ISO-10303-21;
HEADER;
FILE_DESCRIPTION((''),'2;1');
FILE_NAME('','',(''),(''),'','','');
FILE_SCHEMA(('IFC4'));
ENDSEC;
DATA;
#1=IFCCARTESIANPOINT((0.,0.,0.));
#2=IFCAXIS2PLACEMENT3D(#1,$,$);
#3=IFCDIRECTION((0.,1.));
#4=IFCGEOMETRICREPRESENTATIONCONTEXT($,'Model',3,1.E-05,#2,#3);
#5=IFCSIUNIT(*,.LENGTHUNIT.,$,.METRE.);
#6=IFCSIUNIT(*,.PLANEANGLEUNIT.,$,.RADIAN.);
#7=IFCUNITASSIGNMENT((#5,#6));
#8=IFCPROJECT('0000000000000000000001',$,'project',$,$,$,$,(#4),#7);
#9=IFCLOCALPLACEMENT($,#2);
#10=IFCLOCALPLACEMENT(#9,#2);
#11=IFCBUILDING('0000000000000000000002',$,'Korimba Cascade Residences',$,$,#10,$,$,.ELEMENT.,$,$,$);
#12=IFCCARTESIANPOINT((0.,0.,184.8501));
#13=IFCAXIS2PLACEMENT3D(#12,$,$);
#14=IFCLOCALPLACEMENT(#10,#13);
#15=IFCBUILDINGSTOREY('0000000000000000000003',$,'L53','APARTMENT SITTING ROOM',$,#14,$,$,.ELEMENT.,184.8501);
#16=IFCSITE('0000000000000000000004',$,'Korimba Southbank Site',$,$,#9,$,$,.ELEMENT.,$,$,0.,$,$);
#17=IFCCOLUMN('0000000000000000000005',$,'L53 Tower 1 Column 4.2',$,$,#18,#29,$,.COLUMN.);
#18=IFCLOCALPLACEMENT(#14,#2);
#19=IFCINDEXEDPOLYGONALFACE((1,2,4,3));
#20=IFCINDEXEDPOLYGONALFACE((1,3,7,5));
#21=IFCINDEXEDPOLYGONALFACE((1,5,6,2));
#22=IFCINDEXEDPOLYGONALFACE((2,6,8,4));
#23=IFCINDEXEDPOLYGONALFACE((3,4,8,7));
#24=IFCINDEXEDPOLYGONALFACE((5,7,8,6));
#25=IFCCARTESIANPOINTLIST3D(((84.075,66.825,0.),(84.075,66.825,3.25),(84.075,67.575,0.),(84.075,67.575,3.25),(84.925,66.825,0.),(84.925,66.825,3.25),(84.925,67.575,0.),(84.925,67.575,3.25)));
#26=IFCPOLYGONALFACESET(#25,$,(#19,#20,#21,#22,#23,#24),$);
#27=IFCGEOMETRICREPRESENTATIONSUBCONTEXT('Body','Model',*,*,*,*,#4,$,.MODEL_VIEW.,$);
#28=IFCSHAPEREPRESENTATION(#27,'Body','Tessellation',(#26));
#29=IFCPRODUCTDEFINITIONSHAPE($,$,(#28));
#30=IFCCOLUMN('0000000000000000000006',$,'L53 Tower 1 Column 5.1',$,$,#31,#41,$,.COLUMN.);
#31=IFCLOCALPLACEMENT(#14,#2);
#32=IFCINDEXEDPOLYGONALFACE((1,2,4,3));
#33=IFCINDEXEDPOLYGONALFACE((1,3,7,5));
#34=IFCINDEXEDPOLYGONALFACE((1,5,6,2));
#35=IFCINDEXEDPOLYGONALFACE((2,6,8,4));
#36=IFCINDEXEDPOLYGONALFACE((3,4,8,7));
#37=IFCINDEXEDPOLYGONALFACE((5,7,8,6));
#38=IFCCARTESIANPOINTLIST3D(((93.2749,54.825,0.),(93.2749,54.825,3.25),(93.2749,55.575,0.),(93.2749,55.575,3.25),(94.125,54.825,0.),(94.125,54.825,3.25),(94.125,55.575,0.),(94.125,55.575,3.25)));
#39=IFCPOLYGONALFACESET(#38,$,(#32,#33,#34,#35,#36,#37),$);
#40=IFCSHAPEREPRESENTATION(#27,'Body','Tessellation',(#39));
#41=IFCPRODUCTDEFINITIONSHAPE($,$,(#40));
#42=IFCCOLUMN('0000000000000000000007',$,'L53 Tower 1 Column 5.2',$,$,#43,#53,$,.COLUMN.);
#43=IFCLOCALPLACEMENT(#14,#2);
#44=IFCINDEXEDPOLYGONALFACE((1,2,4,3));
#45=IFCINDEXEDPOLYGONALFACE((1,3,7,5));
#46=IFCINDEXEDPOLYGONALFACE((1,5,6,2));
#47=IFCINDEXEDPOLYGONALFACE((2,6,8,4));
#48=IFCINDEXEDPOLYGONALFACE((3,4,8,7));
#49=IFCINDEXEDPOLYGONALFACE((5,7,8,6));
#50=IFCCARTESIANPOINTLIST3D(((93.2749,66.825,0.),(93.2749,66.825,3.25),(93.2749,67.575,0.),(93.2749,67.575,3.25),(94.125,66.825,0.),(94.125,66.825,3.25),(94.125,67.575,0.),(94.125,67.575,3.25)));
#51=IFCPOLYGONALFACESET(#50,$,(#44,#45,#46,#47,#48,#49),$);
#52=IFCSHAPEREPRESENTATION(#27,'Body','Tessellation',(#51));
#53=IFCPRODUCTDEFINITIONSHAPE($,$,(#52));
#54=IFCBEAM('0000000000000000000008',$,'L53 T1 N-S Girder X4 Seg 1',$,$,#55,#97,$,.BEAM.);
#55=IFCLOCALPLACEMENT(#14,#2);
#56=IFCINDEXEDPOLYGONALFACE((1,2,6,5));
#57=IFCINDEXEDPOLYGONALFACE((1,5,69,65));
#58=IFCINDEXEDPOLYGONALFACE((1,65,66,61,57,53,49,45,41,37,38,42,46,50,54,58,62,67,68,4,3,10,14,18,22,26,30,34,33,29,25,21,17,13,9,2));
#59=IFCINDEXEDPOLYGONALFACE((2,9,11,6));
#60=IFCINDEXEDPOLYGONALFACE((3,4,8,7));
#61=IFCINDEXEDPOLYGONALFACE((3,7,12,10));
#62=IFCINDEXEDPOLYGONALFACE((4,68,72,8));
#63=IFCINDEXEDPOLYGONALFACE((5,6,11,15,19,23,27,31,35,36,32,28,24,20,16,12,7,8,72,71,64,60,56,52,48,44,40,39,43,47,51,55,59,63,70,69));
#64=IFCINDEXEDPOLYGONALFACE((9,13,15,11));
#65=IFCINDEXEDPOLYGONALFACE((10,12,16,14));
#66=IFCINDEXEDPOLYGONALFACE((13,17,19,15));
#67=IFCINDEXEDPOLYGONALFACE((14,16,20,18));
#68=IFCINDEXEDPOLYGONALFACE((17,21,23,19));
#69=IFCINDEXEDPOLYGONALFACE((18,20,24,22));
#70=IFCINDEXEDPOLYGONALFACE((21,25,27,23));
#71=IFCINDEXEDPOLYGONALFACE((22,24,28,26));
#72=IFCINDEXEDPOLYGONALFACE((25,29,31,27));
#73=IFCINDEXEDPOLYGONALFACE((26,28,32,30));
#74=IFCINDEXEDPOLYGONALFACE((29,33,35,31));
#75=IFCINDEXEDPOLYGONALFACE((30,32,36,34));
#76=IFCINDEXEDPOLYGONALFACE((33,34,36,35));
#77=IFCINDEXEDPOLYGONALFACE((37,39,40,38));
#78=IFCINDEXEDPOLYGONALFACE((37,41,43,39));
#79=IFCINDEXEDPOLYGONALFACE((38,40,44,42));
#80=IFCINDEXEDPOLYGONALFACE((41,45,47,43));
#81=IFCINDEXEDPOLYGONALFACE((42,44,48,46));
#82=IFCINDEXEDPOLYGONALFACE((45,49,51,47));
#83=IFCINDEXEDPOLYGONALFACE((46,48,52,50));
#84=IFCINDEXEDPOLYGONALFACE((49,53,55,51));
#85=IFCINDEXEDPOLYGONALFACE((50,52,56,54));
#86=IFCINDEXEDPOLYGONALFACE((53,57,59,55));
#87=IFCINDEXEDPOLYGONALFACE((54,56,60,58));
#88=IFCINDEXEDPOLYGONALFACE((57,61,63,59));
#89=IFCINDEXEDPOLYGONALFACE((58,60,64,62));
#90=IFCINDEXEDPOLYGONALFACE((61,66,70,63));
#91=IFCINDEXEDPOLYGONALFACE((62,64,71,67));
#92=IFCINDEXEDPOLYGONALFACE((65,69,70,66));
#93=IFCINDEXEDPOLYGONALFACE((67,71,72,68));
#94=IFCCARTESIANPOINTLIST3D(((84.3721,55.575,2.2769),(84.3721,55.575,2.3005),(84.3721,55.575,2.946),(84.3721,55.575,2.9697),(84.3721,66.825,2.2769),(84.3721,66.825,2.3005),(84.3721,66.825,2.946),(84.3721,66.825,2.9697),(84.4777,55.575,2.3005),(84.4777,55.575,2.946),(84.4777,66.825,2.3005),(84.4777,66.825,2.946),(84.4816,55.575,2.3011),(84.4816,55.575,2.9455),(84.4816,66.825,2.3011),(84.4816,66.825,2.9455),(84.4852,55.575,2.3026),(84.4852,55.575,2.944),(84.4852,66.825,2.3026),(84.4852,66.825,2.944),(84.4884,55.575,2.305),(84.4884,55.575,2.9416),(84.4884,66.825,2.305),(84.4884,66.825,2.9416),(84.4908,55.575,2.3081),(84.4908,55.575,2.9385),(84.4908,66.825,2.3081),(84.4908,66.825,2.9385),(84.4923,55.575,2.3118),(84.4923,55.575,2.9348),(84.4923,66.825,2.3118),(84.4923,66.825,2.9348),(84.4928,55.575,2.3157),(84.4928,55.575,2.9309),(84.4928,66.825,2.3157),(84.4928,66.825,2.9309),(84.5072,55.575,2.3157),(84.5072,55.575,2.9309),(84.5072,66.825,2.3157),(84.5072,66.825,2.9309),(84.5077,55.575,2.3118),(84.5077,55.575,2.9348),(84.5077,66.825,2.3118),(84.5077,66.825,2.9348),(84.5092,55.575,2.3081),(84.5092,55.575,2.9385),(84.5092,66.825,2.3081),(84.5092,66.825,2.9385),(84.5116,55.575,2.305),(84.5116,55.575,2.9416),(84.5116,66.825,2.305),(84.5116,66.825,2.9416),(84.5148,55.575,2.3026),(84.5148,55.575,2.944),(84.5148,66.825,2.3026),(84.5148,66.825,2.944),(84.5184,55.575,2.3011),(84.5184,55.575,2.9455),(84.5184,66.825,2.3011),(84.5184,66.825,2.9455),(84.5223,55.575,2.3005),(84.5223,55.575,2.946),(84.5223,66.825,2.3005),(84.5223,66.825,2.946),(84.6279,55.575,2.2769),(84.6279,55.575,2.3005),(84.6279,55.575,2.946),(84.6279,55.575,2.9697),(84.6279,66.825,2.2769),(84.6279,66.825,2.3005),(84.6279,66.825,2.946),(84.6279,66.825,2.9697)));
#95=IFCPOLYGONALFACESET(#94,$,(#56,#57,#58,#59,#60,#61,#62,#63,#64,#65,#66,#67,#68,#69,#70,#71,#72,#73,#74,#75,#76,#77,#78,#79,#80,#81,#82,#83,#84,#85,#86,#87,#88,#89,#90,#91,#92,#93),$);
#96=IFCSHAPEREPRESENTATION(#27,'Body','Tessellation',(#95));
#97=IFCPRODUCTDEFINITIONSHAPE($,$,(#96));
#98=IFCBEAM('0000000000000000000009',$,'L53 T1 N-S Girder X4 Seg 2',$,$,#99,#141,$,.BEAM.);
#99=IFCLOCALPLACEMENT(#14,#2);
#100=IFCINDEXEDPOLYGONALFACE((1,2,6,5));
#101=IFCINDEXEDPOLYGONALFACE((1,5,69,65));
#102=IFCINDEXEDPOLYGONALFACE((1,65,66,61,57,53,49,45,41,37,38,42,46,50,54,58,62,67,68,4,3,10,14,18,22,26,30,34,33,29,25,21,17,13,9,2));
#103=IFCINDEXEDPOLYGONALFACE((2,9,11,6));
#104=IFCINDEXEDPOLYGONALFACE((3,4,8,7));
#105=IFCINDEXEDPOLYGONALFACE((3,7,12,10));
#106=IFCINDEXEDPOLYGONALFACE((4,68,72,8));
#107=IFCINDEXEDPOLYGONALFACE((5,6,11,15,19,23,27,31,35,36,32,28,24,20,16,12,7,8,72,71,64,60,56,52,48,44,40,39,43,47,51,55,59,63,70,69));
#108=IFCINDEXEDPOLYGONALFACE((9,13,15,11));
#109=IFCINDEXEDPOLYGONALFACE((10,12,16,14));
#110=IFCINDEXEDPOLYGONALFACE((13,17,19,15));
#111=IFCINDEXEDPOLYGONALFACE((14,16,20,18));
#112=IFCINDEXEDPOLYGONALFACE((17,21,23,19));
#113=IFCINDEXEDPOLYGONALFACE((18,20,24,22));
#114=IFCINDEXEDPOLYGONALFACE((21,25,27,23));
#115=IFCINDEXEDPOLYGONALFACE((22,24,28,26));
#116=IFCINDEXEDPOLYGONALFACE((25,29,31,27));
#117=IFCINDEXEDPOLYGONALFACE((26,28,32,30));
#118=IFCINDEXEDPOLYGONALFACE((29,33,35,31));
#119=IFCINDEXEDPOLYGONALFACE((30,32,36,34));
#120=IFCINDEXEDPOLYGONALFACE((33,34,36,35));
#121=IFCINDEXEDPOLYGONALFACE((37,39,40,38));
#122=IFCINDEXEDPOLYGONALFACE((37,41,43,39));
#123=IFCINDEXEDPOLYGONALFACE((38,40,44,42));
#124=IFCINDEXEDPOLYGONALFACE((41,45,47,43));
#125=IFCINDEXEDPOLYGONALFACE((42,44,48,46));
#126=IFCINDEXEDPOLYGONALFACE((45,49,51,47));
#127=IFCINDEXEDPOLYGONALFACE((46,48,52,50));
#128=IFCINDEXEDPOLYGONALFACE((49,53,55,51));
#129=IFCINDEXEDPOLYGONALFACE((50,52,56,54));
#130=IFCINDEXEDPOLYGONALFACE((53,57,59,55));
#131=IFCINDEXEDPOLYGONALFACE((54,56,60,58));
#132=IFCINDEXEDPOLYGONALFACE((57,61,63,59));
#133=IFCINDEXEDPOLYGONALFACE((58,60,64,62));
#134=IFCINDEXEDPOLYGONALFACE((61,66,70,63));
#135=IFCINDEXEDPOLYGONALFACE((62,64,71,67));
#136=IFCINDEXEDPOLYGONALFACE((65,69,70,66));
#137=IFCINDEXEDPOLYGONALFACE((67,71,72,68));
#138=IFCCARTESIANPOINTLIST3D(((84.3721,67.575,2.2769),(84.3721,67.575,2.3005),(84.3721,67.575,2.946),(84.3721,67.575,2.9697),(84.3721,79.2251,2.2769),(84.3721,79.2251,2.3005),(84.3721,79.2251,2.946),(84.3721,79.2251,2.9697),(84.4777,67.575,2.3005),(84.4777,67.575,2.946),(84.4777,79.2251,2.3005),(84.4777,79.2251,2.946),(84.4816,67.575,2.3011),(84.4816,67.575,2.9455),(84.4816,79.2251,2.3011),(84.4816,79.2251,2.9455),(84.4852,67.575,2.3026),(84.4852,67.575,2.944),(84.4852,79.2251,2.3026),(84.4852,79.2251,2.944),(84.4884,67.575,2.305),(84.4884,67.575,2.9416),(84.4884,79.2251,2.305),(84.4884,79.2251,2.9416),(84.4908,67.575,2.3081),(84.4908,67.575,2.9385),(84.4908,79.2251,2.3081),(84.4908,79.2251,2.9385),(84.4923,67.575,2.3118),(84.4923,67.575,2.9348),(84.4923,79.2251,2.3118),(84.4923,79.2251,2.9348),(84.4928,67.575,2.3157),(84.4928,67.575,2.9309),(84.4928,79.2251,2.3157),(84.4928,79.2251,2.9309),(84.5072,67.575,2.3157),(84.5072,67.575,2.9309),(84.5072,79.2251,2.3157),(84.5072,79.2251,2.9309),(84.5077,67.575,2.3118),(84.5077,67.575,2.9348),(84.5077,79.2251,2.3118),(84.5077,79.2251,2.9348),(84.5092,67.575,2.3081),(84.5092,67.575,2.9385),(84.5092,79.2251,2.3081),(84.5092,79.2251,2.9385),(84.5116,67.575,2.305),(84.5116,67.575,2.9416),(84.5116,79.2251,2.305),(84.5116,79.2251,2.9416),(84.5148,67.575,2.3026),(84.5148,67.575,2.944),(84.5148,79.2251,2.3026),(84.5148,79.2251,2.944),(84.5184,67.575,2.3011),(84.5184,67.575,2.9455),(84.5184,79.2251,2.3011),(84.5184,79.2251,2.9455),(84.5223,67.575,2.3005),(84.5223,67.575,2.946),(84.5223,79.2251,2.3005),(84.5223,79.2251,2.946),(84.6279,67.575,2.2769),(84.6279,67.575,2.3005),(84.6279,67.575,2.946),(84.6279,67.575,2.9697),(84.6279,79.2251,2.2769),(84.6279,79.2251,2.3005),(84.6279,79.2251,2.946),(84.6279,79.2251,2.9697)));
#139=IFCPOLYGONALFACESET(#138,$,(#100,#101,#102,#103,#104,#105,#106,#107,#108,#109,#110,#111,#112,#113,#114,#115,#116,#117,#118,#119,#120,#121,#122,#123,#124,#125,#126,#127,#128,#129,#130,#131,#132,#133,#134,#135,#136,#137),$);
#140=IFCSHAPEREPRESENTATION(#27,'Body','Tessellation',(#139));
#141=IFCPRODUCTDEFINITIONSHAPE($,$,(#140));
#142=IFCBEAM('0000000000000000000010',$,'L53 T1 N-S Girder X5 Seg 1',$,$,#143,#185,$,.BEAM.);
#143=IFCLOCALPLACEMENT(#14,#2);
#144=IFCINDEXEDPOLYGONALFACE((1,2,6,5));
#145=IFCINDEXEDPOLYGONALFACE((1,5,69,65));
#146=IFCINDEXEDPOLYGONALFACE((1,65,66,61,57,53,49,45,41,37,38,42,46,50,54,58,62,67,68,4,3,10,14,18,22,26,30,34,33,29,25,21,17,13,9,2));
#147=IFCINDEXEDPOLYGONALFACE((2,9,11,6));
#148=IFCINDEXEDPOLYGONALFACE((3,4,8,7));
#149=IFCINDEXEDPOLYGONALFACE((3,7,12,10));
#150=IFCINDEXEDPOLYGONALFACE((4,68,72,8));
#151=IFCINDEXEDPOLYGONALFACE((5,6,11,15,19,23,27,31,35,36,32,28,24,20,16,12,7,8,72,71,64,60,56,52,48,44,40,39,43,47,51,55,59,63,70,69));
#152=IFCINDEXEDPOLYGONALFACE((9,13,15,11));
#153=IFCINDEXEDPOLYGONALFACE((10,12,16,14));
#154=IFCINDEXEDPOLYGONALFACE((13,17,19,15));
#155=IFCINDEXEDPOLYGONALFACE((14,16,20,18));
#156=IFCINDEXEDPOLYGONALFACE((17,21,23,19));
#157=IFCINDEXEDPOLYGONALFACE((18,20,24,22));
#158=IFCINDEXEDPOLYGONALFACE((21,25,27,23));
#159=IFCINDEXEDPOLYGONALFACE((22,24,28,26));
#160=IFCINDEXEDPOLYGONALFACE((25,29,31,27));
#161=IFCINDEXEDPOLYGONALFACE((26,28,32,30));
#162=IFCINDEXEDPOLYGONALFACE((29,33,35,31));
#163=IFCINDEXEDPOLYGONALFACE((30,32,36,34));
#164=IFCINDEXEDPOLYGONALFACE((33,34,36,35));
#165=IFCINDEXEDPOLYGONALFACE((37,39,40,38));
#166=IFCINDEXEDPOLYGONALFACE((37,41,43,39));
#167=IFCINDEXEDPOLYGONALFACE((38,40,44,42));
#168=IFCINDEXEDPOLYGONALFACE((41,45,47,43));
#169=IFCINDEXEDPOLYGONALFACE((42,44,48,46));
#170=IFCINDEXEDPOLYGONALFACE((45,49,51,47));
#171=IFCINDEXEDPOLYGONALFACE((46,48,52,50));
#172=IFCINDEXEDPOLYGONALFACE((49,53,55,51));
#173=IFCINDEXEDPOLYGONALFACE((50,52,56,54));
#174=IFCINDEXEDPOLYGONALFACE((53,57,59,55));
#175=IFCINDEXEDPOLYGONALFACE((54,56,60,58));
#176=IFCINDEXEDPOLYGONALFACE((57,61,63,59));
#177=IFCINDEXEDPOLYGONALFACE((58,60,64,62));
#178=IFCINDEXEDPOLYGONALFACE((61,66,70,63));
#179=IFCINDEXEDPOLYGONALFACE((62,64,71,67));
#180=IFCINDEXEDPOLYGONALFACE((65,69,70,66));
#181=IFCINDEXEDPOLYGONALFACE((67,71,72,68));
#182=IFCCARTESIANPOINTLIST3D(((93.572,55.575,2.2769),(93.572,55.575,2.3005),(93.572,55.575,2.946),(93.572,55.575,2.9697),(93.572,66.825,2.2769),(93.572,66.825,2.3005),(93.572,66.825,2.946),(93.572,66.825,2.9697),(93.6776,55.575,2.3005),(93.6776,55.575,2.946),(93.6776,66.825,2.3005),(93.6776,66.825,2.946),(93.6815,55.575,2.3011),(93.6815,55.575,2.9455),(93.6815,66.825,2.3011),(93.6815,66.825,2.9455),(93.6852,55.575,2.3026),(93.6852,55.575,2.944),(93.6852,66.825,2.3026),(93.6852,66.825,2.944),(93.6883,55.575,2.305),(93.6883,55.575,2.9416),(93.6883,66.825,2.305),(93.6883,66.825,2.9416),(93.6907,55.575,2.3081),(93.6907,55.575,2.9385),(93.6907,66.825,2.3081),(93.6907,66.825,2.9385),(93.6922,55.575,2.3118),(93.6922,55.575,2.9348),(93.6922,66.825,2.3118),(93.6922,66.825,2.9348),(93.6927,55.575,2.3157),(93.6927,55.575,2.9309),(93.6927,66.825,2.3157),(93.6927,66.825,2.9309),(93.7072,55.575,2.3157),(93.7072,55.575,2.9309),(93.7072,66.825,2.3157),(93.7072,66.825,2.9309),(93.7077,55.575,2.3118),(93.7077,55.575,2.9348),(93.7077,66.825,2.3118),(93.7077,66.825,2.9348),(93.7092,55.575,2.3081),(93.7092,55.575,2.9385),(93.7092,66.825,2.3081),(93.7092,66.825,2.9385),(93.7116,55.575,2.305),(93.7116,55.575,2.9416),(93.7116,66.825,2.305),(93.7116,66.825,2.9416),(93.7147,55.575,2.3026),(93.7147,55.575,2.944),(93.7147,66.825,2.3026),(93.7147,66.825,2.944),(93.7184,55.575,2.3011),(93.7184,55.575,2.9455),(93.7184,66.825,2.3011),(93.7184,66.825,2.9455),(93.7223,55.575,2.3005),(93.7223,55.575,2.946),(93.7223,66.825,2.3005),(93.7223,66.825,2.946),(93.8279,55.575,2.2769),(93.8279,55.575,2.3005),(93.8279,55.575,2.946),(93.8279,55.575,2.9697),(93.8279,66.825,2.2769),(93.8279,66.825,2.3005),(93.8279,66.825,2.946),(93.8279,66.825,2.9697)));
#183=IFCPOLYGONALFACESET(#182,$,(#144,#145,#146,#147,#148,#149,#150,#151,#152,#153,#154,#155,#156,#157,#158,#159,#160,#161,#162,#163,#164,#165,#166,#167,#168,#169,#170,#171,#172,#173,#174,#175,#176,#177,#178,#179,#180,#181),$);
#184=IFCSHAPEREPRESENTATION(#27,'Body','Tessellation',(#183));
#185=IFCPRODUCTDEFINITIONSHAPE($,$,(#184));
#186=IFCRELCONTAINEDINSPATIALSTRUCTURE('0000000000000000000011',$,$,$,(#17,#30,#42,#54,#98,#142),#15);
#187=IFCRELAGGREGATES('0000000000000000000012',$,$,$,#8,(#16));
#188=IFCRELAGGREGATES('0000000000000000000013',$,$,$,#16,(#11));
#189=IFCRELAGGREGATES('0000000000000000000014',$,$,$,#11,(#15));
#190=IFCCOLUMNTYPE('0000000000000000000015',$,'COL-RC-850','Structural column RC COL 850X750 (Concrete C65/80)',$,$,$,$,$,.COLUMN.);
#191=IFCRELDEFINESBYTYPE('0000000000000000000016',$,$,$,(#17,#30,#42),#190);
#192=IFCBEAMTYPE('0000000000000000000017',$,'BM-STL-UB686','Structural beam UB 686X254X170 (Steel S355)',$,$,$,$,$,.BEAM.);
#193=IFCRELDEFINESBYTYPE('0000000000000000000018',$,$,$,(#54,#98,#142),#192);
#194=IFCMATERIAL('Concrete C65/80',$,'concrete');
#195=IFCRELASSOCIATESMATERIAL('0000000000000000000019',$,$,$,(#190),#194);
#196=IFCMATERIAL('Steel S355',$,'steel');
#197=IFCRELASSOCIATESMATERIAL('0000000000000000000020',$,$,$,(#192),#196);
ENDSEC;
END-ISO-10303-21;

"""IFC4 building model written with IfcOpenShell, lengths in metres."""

from ifc_helpers import new_model, si_unit, direction, frame, origin, origin_2d, place, context, subcontext, project, spatial, rectangle, i_section, extrude, material, material_profile, profile_set, type_object, element, save


model = new_model("IFC4")

# Units and contexts
model_context = context("Model", 3, precision=1e-05, world=origin(), true_north=direction((0.0, 1.0)))
body_context = subcontext(model_context, "Body", "Model", "MODEL_VIEW")
ifc_project = project(units=[si_unit("LENGTHUNIT", "METRE"), si_unit("PLANEANGLEUNIT", "RADIAN")], contexts=[model_context])

# Site, building, storey
site_placement = place(None, origin())
site = spatial("IfcSite", under=ifc_project, at=site_placement, Name="Korimba Southbank Site", CompositionType="ELEMENT", RefElevation=0.0)
building_placement = place(site_placement, origin())
building = spatial("IfcBuilding", under=site, at=building_placement, Name="Korimba Cascade Residences", CompositionType="ELEMENT")
storey_placement = place(building_placement, frame((0.0, 0.0, 184.8501)))
storey = spatial("IfcBuildingStorey", under=building, at=storey_placement, Name="L53", Description="APARTMENT SITTING ROOM", CompositionType="ELEMENT", Elevation=184.8501)

# Columns
ifc_material_1 = material(Name="Concrete C65/80", Category="concrete")
ifc_material_profile_1 = material_profile(ifc_material_1, rectangle(XDim=0.8501, YDim=0.75, at=origin_2d()), Name="Concrete C65/80")
ifc_profile_set_1 = profile_set([ifc_material_profile_1], Name="Concrete C65/80")
column_type = type_object("IfcColumnType", Name="COL-RC-850", Description="Structural column RC COL 850X750 (Concrete C65/80)", PredefinedType="COLUMN", material=ifc_profile_set_1)
for number, where, z_axis, x_axis, name in (
    (1, (84.5, 67.2, 0.0), (0.0, 0.0, 1.0), (1.0, 0.0, 0.0), "L53 Tower 1 Column 4.2"),
    (2, (93.7, 55.2, 0.0), (0.0, 0.0, 1.0), (1.0, 0.0, 0.0), "L53 Tower 1 Column 5.1"),
    (3, (93.7, 67.2, 0.0), (0.0, 0.0, 1.0), (1.0, 0.0, 0.0), "L53 Tower 1 Column 5.2"),
):
    element("IfcColumn", number, at=place(storey_placement, frame(where, z_axis=z_axis, x_axis=x_axis)), inside=storey, type_object=column_type, Name=name, PredefinedType="COLUMN", context=body_context, shape_type="SweptSolid", body=[
        extrude(rectangle(XDim=0.8501, YDim=0.75, at=origin_2d()), origin(), (0.0, 0.0, 1.0), 3.25),
    ])

# Beams
ifc_material_2 = material(Name="Steel S355", Category="steel")
ifc_material_profile_2 = material_profile(ifc_material_2, i_section(OverallWidth=0.2559, OverallDepth=0.6929, WebThickness=0.0144, FlangeThickness=0.0237, FilletRadius=0.0151, at=origin_2d()), Name="Steel S355")
ifc_profile_set_2 = profile_set([ifc_material_profile_2], Name="Steel S355")
beam_type = type_object("IfcBeamType", Name="BM-STL-UB686", Description="Structural beam UB 686X254X170 (Steel S355)", PredefinedType="BEAM", material=ifc_profile_set_2)
beam_1_placement = place(storey_placement, frame((84.5, 55.575, 2.6233), z_axis=(0.0, 1.0, 0.0), x_axis=(-1.0, 0.0, 0.0)))
element("IfcBeam", 4, at=beam_1_placement, inside=storey, type_object=beam_type, Name="L53 T1 N-S Girder X4 Seg 1", PredefinedType="BEAM", context=body_context, shape_type="SweptSolid", body=[
    extrude(i_section(OverallWidth=0.2559, OverallDepth=0.6929, WebThickness=0.0144, FlangeThickness=0.0237, FilletRadius=0.0151, at=origin_2d()), origin(), (0.0, 0.0, 1.0), 11.25),
])
beam_2_placement = place(storey_placement, frame((84.5, 67.575, 2.6233), z_axis=(0.0, 1.0, 0.0), x_axis=(-1.0, 0.0, 0.0)))
element("IfcBeam", 5, at=beam_2_placement, inside=storey, type_object=beam_type, Name="L53 T1 N-S Girder X4 Seg 2", PredefinedType="BEAM", context=body_context, shape_type="SweptSolid", body=[
    extrude(i_section(OverallWidth=0.2559, OverallDepth=0.6929, WebThickness=0.0144, FlangeThickness=0.0237, FilletRadius=0.0151, at=origin_2d()), origin(), (0.0, 0.0, 1.0), 11.6501),
])
beam_3_placement = place(storey_placement, frame((93.7, 55.575, 2.6233), z_axis=(0.0, 1.0, 0.0), x_axis=(-1.0, 0.0, 0.0)))
element("IfcBeam", 6, at=beam_3_placement, inside=storey, type_object=beam_type, Name="L53 T1 N-S Girder X5 Seg 1", PredefinedType="BEAM", context=body_context, shape_type="SweptSolid", body=[
    extrude(i_section(OverallWidth=0.2559, OverallDepth=0.6929, WebThickness=0.0144, FlangeThickness=0.0237, FilletRadius=0.0151, at=origin_2d()), origin(), (0.0, 0.0, 1.0), 11.25),
])

save(model, "model.ifc")
